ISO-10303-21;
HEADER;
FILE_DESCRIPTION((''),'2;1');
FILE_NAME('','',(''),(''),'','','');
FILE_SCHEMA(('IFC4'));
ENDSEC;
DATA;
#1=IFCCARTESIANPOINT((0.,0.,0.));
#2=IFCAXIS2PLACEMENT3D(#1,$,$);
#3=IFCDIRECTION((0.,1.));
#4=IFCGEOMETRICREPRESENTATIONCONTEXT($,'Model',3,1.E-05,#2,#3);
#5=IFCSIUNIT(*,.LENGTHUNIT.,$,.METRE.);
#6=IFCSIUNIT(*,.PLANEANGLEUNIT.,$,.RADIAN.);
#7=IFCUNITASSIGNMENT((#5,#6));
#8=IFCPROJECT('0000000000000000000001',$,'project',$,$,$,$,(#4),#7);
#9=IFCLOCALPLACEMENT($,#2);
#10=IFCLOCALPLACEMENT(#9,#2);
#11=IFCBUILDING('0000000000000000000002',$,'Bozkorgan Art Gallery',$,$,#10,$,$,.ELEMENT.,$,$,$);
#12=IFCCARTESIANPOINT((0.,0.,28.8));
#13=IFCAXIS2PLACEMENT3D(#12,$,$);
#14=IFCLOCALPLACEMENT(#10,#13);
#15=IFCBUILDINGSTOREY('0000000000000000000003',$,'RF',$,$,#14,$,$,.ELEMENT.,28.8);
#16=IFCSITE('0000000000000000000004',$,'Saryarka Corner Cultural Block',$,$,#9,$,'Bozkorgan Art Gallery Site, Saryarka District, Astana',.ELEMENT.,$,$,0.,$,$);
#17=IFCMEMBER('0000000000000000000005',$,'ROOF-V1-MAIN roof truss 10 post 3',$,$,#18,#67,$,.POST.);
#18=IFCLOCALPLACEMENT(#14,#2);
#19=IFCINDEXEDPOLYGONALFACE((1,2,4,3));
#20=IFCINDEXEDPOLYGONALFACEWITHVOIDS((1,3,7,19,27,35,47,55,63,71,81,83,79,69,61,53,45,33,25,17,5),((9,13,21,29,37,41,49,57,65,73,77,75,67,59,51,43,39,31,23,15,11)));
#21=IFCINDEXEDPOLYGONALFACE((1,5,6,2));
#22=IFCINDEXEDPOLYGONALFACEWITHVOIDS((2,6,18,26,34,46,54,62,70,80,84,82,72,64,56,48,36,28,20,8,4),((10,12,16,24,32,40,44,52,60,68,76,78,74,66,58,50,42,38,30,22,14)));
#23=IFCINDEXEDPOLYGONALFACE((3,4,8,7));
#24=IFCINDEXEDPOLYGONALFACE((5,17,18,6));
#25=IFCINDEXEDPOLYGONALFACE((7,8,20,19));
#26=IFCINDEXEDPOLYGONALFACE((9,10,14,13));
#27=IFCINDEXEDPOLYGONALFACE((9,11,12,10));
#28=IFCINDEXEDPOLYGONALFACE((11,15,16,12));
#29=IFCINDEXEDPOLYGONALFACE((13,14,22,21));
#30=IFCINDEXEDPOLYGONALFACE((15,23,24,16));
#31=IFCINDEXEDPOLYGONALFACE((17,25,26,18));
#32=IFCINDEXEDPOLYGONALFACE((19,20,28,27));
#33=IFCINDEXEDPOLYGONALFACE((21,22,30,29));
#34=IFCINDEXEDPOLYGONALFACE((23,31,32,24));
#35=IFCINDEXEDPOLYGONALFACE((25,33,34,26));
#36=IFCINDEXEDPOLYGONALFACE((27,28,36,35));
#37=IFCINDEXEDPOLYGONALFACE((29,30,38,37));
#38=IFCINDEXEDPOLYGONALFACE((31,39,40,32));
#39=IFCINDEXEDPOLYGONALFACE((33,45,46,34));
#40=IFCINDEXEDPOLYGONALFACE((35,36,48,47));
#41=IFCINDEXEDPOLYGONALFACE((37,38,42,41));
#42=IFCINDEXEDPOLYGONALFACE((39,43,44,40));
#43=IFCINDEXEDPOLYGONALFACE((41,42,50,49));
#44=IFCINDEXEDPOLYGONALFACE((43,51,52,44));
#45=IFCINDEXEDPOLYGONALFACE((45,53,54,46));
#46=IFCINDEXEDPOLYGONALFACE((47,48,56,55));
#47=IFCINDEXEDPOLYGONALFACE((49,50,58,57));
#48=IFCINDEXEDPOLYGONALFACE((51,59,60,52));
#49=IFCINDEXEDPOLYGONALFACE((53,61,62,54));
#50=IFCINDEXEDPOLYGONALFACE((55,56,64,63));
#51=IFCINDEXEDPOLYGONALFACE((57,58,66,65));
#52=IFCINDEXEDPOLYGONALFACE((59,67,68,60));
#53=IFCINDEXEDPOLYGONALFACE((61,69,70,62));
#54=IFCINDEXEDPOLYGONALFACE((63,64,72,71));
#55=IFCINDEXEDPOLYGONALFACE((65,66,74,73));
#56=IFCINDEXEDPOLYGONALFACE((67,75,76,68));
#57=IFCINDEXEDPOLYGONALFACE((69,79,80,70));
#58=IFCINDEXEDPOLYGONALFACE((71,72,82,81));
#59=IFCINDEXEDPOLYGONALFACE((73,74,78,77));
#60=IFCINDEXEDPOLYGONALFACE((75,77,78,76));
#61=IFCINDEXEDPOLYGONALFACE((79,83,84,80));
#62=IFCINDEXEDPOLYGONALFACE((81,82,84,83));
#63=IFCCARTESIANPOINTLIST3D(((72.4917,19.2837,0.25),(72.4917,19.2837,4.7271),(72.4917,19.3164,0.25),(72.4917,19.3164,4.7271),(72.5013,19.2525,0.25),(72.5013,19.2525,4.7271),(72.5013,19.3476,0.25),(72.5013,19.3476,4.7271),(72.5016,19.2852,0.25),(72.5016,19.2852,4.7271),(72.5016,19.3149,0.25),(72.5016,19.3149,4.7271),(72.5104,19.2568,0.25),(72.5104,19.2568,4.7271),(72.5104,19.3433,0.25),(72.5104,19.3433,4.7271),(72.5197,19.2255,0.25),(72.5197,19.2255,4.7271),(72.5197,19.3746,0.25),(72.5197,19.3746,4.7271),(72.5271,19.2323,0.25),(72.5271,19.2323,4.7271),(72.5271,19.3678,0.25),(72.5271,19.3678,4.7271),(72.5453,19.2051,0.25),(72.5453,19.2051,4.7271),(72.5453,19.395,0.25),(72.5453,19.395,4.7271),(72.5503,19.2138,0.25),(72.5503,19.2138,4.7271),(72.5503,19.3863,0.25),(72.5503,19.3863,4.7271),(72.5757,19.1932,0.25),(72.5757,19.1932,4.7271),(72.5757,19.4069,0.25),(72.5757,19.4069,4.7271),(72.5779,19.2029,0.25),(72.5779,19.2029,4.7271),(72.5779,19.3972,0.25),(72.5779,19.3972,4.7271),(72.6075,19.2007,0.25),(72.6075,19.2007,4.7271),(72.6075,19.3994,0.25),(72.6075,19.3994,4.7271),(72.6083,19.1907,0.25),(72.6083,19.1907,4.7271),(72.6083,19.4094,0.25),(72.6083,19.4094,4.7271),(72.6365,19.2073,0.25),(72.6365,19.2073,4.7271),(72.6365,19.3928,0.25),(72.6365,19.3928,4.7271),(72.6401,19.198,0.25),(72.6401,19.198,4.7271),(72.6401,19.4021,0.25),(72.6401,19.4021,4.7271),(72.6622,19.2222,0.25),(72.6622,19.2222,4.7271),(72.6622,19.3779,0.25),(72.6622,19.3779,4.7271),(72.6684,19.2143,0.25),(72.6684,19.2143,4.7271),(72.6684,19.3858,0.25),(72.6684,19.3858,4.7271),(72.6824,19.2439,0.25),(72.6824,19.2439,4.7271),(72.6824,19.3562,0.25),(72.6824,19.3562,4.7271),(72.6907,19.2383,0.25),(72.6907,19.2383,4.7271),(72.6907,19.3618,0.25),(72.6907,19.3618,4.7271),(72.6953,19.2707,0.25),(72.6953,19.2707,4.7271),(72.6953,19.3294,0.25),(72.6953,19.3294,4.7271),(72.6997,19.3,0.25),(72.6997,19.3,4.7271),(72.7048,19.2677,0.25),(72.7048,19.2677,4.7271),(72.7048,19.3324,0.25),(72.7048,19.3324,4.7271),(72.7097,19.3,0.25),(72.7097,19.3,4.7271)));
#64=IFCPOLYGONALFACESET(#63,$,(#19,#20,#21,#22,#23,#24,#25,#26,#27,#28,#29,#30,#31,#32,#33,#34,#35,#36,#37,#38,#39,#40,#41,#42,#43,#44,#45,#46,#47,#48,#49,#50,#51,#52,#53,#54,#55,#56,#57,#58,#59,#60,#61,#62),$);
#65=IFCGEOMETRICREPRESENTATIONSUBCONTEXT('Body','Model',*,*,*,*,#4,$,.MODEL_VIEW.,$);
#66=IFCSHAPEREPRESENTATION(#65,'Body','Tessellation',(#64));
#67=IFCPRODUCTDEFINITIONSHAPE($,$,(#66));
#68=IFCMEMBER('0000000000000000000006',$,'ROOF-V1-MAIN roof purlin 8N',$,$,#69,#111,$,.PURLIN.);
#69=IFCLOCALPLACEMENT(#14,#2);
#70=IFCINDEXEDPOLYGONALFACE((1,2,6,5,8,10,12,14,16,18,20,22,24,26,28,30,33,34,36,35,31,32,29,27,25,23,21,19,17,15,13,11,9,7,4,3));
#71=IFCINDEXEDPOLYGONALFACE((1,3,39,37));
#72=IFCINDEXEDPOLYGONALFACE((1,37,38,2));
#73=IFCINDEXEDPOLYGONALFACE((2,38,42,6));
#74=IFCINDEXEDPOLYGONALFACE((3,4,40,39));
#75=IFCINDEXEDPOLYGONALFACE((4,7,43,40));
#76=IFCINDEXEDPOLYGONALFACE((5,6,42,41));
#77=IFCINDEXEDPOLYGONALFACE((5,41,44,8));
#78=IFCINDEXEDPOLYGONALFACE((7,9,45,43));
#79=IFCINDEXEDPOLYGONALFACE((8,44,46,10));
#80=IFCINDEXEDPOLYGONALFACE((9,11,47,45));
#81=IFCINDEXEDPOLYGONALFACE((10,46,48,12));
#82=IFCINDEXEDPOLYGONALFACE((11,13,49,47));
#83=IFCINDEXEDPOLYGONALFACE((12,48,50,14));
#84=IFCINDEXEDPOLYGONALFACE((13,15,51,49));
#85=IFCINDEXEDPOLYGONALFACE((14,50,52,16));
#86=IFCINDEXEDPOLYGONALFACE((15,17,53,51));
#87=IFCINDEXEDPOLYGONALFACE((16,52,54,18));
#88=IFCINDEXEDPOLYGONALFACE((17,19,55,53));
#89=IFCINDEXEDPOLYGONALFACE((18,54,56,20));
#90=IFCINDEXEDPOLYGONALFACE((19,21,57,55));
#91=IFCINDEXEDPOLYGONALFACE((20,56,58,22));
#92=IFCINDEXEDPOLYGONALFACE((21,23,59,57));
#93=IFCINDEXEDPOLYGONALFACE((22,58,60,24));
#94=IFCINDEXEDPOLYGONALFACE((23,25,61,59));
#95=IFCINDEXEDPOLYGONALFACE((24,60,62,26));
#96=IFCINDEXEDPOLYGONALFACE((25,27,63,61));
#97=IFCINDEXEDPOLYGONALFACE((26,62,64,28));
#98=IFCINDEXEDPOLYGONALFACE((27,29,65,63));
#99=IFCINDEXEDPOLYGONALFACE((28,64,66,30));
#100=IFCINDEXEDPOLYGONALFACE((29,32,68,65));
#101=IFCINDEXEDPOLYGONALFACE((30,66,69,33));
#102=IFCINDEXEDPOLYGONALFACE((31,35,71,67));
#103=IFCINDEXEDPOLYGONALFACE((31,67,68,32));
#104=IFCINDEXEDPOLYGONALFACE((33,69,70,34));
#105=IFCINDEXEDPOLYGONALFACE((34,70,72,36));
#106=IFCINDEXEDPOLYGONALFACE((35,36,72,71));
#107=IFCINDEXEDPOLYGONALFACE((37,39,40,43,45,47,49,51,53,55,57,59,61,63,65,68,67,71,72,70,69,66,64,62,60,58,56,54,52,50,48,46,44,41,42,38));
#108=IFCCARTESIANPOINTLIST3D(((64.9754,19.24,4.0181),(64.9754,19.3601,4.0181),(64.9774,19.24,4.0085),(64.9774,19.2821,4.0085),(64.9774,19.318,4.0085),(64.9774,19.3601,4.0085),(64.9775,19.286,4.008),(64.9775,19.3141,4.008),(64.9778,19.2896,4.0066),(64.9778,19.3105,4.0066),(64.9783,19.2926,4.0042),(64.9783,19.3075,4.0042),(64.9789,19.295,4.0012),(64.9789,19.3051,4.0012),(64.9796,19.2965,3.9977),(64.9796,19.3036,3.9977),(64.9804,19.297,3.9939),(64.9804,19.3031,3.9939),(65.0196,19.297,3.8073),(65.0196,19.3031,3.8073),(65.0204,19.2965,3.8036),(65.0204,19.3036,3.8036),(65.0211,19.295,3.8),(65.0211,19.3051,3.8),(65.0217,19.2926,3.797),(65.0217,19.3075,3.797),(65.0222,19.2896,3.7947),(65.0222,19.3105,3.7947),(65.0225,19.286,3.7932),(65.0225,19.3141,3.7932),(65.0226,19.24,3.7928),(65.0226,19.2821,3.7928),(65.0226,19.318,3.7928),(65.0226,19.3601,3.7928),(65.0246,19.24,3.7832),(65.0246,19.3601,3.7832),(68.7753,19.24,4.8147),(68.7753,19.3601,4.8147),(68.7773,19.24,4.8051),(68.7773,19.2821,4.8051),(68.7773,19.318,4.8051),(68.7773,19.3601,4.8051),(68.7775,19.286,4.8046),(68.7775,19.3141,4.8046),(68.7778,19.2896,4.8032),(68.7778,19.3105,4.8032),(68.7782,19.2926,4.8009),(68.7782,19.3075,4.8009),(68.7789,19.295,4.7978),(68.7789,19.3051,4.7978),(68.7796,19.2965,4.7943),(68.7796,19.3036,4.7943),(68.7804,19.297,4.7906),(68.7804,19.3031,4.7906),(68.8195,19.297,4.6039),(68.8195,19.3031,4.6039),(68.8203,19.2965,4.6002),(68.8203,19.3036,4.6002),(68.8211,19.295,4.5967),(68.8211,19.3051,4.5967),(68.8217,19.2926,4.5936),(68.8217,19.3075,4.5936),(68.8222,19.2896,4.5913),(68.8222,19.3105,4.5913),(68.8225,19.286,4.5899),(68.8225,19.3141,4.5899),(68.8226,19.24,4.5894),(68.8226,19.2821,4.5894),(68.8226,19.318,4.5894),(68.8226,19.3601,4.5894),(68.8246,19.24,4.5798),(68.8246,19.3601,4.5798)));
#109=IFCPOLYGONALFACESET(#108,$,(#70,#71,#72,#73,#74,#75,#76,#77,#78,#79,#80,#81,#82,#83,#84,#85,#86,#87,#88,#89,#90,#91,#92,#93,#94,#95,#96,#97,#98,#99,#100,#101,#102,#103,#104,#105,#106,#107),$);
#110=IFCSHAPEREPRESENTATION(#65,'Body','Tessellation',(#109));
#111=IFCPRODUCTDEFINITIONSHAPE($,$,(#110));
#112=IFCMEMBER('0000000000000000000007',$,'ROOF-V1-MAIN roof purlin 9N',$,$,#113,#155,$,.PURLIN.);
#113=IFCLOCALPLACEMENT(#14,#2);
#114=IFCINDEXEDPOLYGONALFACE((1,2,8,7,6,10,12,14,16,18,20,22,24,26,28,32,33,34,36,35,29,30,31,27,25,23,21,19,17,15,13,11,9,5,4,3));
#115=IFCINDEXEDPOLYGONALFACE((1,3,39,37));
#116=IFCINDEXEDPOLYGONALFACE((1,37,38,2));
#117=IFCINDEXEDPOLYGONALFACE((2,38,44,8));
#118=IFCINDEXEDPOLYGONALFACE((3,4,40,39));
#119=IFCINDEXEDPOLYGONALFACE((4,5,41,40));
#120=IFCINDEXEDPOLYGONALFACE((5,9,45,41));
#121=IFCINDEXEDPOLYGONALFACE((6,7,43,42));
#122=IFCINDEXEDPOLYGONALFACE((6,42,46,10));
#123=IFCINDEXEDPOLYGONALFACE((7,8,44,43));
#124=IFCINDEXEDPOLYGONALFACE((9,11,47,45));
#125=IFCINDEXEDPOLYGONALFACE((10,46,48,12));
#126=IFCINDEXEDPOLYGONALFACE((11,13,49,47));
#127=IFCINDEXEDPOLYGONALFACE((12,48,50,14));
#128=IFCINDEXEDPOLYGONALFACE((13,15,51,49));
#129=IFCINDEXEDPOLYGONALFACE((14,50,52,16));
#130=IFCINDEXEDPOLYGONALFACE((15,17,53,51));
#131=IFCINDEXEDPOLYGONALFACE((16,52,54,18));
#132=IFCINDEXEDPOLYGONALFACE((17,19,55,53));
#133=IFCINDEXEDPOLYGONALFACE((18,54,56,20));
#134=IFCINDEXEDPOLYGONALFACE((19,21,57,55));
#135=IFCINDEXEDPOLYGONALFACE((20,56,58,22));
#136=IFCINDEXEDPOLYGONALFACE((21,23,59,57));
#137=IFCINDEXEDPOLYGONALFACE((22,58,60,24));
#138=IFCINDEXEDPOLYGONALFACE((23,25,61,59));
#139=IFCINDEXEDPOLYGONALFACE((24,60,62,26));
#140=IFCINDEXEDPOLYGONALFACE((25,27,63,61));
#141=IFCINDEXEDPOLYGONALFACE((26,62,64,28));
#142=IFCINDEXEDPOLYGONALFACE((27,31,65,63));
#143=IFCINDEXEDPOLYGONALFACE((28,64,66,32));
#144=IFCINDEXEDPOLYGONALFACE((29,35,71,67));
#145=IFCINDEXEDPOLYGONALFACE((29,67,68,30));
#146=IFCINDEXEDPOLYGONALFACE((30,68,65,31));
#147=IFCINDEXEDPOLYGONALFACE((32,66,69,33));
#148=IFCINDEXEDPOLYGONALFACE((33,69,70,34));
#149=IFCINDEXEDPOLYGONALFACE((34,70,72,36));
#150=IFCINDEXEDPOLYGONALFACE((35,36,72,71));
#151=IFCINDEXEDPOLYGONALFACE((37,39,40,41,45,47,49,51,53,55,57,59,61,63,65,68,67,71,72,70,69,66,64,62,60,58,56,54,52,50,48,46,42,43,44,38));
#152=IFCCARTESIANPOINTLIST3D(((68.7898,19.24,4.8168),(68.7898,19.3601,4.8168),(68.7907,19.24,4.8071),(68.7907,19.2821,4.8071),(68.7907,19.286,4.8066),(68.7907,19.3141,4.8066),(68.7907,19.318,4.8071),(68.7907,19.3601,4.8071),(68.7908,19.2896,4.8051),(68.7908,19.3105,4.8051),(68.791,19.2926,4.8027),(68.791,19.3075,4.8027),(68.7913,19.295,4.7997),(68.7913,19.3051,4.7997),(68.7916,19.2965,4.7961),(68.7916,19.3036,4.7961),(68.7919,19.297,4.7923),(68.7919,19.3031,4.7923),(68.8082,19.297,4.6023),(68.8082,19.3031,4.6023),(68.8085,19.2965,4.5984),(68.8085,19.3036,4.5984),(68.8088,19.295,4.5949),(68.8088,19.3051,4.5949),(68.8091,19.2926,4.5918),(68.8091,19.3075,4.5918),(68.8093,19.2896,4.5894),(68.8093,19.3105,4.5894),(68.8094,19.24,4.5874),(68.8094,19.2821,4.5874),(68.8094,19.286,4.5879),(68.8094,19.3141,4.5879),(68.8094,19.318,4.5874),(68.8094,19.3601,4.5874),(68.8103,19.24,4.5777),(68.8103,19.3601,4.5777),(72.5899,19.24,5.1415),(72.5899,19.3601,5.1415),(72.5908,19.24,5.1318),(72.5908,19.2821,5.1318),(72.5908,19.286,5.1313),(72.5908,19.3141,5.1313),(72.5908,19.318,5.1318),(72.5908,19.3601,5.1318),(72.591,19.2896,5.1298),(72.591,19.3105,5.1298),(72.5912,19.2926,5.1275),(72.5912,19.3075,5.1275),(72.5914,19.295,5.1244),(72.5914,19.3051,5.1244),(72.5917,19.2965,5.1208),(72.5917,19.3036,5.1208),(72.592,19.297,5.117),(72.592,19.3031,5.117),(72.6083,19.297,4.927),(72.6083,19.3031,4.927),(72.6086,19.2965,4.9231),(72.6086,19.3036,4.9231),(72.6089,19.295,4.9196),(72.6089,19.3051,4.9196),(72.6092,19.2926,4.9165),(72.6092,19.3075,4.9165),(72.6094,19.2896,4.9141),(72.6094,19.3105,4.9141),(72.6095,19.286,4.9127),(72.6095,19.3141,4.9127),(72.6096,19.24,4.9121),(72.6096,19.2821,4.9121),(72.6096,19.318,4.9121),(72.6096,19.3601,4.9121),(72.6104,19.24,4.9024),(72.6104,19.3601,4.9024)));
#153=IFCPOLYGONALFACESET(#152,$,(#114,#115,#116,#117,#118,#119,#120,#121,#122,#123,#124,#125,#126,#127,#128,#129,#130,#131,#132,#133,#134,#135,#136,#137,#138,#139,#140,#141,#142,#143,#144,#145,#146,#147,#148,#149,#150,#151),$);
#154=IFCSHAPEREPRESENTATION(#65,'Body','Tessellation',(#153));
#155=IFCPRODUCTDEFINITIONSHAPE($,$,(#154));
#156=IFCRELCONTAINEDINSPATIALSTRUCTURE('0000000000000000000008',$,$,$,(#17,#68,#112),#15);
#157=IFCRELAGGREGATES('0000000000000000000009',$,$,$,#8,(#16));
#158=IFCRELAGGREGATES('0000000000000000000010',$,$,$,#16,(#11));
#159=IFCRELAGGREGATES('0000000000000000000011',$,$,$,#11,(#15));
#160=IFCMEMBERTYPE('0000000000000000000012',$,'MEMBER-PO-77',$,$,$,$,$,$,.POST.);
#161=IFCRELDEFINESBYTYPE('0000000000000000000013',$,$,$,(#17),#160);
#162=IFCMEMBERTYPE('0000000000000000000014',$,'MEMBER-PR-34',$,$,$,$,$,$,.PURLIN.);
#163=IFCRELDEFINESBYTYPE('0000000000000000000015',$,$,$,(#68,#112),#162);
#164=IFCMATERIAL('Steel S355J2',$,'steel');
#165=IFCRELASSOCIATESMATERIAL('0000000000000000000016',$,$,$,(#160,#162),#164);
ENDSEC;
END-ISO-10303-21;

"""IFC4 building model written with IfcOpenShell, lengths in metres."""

from ifc_helpers import new_model, si_unit, direction, frame, origin, origin_2d, place, context, subcontext, project, spatial, hollow_circle, i_section, extrude, material, material_profile, profile_set, type_object, element, save


model = new_model("IFC4")

# Units and contexts
model_context = context("Model", 3, precision=1e-05, world=origin(), true_north=direction((0.0, 1.0)))
body_context = subcontext(model_context, "Body", "Model", "MODEL_VIEW")
ifc_project = project(units=[si_unit("LENGTHUNIT", "METRE"), si_unit("PLANEANGLEUNIT", "RADIAN")], contexts=[model_context])

# Site, building, storey
site_placement = place(None, origin())
site = spatial("IfcSite", under=ifc_project, at=site_placement, Name="Saryarka Corner Cultural Block", LongName="Bozkorgan Art Gallery Site, Saryarka District, Astana", CompositionType="ELEMENT", RefElevation=0.0)
building_placement = place(site_placement, origin())
building = spatial("IfcBuilding", under=site, at=building_placement, Name="Bozkorgan Art Gallery", CompositionType="ELEMENT")
storey_placement = place(building_placement, frame((0.0, 0.0, 28.8)))
storey = spatial("IfcBuildingStorey", under=building, at=storey_placement, Name="RF", CompositionType="ELEMENT", Elevation=28.8)

# Members
ifc_material_1 = material(Name="Steel S355J2", Category="steel")
ifc_material_profile_1 = material_profile(ifc_material_1, hollow_circle(Radius=0.1096, WallThickness=0.01, at=origin_2d()), Name="CHS 219.1x10")
ifc_profile_set_1 = profile_set([ifc_material_profile_1], Name="Steel S355J2")
member_type_1 = type_object("IfcMemberType", Name="MEMBER-PO-77", PredefinedType="POST", material=ifc_profile_set_1)
member_1_placement = place(storey_placement, frame((72.6001, 19.3, 0.25), z_axis=(0.0, 0.0, 1.0), x_axis=(1.0, 0.0, 0.0)))
element("IfcMember", 1, at=member_1_placement, inside=storey, type_object=member_type_1, Name="ROOF-V1-MAIN roof truss 10 post 3", PredefinedType="POST", context=body_context, shape_type="SweptSolid", body=[
    extrude(hollow_circle(Radius=0.1096, WallThickness=0.01, at=origin_2d()), origin(), (0.0, 0.0, 1.0), 4.4771),
])
ifc_material_profile_2 = material_profile(ifc_material_1, i_section(OverallWidth=0.1201, OverallDepth=0.24, WebThickness=0.0061, FlangeThickness=0.0098, FilletRadius=0.0149, at=origin_2d()), Name="IPE 240")
ifc_profile_set_2 = profile_set([ifc_material_profile_2], Name="Steel S355J2")
member_type_2 = type_object("IfcMemberType", Name="MEMBER-PR-34", PredefinedType="PURLIN", material=ifc_profile_set_2)
member_2_placement = place(storey_placement, frame((65.0, 19.3, 3.9006), z_axis=(0.978725, 0.0, 0.205177), x_axis=(0.0, 1.0, 0.0)))
element("IfcMember", 2, at=member_2_placement, inside=storey, type_object=member_type_2, Name="ROOF-V1-MAIN roof purlin 8N", PredefinedType="PURLIN", context=body_context, shape_type="SweptSolid", body=[
    extrude(i_section(OverallWidth=0.1201, OverallDepth=0.24, WebThickness=0.0061, FlangeThickness=0.0098, FilletRadius=0.0149, at=origin_2d()), origin(), (0.0, 0.0, 1.0), 3.8826),
])
member_3_placement = place(storey_placement, frame((68.8, 19.3, 4.6973), z_axis=(0.996369, 0.0, 0.085138), x_axis=(0.0, 1.0, 0.0)))
element("IfcMember", 3, at=member_3_placement, inside=storey, type_object=member_type_2, Name="ROOF-V1-MAIN roof purlin 9N", PredefinedType="PURLIN", context=body_context, shape_type="SweptSolid", body=[
    extrude(i_section(OverallWidth=0.1201, OverallDepth=0.24, WebThickness=0.0061, FlangeThickness=0.0098, FilletRadius=0.0149, at=origin_2d()), origin(), (0.0, 0.0, 1.0), 3.814),
])

save(model, "model.ifc")
